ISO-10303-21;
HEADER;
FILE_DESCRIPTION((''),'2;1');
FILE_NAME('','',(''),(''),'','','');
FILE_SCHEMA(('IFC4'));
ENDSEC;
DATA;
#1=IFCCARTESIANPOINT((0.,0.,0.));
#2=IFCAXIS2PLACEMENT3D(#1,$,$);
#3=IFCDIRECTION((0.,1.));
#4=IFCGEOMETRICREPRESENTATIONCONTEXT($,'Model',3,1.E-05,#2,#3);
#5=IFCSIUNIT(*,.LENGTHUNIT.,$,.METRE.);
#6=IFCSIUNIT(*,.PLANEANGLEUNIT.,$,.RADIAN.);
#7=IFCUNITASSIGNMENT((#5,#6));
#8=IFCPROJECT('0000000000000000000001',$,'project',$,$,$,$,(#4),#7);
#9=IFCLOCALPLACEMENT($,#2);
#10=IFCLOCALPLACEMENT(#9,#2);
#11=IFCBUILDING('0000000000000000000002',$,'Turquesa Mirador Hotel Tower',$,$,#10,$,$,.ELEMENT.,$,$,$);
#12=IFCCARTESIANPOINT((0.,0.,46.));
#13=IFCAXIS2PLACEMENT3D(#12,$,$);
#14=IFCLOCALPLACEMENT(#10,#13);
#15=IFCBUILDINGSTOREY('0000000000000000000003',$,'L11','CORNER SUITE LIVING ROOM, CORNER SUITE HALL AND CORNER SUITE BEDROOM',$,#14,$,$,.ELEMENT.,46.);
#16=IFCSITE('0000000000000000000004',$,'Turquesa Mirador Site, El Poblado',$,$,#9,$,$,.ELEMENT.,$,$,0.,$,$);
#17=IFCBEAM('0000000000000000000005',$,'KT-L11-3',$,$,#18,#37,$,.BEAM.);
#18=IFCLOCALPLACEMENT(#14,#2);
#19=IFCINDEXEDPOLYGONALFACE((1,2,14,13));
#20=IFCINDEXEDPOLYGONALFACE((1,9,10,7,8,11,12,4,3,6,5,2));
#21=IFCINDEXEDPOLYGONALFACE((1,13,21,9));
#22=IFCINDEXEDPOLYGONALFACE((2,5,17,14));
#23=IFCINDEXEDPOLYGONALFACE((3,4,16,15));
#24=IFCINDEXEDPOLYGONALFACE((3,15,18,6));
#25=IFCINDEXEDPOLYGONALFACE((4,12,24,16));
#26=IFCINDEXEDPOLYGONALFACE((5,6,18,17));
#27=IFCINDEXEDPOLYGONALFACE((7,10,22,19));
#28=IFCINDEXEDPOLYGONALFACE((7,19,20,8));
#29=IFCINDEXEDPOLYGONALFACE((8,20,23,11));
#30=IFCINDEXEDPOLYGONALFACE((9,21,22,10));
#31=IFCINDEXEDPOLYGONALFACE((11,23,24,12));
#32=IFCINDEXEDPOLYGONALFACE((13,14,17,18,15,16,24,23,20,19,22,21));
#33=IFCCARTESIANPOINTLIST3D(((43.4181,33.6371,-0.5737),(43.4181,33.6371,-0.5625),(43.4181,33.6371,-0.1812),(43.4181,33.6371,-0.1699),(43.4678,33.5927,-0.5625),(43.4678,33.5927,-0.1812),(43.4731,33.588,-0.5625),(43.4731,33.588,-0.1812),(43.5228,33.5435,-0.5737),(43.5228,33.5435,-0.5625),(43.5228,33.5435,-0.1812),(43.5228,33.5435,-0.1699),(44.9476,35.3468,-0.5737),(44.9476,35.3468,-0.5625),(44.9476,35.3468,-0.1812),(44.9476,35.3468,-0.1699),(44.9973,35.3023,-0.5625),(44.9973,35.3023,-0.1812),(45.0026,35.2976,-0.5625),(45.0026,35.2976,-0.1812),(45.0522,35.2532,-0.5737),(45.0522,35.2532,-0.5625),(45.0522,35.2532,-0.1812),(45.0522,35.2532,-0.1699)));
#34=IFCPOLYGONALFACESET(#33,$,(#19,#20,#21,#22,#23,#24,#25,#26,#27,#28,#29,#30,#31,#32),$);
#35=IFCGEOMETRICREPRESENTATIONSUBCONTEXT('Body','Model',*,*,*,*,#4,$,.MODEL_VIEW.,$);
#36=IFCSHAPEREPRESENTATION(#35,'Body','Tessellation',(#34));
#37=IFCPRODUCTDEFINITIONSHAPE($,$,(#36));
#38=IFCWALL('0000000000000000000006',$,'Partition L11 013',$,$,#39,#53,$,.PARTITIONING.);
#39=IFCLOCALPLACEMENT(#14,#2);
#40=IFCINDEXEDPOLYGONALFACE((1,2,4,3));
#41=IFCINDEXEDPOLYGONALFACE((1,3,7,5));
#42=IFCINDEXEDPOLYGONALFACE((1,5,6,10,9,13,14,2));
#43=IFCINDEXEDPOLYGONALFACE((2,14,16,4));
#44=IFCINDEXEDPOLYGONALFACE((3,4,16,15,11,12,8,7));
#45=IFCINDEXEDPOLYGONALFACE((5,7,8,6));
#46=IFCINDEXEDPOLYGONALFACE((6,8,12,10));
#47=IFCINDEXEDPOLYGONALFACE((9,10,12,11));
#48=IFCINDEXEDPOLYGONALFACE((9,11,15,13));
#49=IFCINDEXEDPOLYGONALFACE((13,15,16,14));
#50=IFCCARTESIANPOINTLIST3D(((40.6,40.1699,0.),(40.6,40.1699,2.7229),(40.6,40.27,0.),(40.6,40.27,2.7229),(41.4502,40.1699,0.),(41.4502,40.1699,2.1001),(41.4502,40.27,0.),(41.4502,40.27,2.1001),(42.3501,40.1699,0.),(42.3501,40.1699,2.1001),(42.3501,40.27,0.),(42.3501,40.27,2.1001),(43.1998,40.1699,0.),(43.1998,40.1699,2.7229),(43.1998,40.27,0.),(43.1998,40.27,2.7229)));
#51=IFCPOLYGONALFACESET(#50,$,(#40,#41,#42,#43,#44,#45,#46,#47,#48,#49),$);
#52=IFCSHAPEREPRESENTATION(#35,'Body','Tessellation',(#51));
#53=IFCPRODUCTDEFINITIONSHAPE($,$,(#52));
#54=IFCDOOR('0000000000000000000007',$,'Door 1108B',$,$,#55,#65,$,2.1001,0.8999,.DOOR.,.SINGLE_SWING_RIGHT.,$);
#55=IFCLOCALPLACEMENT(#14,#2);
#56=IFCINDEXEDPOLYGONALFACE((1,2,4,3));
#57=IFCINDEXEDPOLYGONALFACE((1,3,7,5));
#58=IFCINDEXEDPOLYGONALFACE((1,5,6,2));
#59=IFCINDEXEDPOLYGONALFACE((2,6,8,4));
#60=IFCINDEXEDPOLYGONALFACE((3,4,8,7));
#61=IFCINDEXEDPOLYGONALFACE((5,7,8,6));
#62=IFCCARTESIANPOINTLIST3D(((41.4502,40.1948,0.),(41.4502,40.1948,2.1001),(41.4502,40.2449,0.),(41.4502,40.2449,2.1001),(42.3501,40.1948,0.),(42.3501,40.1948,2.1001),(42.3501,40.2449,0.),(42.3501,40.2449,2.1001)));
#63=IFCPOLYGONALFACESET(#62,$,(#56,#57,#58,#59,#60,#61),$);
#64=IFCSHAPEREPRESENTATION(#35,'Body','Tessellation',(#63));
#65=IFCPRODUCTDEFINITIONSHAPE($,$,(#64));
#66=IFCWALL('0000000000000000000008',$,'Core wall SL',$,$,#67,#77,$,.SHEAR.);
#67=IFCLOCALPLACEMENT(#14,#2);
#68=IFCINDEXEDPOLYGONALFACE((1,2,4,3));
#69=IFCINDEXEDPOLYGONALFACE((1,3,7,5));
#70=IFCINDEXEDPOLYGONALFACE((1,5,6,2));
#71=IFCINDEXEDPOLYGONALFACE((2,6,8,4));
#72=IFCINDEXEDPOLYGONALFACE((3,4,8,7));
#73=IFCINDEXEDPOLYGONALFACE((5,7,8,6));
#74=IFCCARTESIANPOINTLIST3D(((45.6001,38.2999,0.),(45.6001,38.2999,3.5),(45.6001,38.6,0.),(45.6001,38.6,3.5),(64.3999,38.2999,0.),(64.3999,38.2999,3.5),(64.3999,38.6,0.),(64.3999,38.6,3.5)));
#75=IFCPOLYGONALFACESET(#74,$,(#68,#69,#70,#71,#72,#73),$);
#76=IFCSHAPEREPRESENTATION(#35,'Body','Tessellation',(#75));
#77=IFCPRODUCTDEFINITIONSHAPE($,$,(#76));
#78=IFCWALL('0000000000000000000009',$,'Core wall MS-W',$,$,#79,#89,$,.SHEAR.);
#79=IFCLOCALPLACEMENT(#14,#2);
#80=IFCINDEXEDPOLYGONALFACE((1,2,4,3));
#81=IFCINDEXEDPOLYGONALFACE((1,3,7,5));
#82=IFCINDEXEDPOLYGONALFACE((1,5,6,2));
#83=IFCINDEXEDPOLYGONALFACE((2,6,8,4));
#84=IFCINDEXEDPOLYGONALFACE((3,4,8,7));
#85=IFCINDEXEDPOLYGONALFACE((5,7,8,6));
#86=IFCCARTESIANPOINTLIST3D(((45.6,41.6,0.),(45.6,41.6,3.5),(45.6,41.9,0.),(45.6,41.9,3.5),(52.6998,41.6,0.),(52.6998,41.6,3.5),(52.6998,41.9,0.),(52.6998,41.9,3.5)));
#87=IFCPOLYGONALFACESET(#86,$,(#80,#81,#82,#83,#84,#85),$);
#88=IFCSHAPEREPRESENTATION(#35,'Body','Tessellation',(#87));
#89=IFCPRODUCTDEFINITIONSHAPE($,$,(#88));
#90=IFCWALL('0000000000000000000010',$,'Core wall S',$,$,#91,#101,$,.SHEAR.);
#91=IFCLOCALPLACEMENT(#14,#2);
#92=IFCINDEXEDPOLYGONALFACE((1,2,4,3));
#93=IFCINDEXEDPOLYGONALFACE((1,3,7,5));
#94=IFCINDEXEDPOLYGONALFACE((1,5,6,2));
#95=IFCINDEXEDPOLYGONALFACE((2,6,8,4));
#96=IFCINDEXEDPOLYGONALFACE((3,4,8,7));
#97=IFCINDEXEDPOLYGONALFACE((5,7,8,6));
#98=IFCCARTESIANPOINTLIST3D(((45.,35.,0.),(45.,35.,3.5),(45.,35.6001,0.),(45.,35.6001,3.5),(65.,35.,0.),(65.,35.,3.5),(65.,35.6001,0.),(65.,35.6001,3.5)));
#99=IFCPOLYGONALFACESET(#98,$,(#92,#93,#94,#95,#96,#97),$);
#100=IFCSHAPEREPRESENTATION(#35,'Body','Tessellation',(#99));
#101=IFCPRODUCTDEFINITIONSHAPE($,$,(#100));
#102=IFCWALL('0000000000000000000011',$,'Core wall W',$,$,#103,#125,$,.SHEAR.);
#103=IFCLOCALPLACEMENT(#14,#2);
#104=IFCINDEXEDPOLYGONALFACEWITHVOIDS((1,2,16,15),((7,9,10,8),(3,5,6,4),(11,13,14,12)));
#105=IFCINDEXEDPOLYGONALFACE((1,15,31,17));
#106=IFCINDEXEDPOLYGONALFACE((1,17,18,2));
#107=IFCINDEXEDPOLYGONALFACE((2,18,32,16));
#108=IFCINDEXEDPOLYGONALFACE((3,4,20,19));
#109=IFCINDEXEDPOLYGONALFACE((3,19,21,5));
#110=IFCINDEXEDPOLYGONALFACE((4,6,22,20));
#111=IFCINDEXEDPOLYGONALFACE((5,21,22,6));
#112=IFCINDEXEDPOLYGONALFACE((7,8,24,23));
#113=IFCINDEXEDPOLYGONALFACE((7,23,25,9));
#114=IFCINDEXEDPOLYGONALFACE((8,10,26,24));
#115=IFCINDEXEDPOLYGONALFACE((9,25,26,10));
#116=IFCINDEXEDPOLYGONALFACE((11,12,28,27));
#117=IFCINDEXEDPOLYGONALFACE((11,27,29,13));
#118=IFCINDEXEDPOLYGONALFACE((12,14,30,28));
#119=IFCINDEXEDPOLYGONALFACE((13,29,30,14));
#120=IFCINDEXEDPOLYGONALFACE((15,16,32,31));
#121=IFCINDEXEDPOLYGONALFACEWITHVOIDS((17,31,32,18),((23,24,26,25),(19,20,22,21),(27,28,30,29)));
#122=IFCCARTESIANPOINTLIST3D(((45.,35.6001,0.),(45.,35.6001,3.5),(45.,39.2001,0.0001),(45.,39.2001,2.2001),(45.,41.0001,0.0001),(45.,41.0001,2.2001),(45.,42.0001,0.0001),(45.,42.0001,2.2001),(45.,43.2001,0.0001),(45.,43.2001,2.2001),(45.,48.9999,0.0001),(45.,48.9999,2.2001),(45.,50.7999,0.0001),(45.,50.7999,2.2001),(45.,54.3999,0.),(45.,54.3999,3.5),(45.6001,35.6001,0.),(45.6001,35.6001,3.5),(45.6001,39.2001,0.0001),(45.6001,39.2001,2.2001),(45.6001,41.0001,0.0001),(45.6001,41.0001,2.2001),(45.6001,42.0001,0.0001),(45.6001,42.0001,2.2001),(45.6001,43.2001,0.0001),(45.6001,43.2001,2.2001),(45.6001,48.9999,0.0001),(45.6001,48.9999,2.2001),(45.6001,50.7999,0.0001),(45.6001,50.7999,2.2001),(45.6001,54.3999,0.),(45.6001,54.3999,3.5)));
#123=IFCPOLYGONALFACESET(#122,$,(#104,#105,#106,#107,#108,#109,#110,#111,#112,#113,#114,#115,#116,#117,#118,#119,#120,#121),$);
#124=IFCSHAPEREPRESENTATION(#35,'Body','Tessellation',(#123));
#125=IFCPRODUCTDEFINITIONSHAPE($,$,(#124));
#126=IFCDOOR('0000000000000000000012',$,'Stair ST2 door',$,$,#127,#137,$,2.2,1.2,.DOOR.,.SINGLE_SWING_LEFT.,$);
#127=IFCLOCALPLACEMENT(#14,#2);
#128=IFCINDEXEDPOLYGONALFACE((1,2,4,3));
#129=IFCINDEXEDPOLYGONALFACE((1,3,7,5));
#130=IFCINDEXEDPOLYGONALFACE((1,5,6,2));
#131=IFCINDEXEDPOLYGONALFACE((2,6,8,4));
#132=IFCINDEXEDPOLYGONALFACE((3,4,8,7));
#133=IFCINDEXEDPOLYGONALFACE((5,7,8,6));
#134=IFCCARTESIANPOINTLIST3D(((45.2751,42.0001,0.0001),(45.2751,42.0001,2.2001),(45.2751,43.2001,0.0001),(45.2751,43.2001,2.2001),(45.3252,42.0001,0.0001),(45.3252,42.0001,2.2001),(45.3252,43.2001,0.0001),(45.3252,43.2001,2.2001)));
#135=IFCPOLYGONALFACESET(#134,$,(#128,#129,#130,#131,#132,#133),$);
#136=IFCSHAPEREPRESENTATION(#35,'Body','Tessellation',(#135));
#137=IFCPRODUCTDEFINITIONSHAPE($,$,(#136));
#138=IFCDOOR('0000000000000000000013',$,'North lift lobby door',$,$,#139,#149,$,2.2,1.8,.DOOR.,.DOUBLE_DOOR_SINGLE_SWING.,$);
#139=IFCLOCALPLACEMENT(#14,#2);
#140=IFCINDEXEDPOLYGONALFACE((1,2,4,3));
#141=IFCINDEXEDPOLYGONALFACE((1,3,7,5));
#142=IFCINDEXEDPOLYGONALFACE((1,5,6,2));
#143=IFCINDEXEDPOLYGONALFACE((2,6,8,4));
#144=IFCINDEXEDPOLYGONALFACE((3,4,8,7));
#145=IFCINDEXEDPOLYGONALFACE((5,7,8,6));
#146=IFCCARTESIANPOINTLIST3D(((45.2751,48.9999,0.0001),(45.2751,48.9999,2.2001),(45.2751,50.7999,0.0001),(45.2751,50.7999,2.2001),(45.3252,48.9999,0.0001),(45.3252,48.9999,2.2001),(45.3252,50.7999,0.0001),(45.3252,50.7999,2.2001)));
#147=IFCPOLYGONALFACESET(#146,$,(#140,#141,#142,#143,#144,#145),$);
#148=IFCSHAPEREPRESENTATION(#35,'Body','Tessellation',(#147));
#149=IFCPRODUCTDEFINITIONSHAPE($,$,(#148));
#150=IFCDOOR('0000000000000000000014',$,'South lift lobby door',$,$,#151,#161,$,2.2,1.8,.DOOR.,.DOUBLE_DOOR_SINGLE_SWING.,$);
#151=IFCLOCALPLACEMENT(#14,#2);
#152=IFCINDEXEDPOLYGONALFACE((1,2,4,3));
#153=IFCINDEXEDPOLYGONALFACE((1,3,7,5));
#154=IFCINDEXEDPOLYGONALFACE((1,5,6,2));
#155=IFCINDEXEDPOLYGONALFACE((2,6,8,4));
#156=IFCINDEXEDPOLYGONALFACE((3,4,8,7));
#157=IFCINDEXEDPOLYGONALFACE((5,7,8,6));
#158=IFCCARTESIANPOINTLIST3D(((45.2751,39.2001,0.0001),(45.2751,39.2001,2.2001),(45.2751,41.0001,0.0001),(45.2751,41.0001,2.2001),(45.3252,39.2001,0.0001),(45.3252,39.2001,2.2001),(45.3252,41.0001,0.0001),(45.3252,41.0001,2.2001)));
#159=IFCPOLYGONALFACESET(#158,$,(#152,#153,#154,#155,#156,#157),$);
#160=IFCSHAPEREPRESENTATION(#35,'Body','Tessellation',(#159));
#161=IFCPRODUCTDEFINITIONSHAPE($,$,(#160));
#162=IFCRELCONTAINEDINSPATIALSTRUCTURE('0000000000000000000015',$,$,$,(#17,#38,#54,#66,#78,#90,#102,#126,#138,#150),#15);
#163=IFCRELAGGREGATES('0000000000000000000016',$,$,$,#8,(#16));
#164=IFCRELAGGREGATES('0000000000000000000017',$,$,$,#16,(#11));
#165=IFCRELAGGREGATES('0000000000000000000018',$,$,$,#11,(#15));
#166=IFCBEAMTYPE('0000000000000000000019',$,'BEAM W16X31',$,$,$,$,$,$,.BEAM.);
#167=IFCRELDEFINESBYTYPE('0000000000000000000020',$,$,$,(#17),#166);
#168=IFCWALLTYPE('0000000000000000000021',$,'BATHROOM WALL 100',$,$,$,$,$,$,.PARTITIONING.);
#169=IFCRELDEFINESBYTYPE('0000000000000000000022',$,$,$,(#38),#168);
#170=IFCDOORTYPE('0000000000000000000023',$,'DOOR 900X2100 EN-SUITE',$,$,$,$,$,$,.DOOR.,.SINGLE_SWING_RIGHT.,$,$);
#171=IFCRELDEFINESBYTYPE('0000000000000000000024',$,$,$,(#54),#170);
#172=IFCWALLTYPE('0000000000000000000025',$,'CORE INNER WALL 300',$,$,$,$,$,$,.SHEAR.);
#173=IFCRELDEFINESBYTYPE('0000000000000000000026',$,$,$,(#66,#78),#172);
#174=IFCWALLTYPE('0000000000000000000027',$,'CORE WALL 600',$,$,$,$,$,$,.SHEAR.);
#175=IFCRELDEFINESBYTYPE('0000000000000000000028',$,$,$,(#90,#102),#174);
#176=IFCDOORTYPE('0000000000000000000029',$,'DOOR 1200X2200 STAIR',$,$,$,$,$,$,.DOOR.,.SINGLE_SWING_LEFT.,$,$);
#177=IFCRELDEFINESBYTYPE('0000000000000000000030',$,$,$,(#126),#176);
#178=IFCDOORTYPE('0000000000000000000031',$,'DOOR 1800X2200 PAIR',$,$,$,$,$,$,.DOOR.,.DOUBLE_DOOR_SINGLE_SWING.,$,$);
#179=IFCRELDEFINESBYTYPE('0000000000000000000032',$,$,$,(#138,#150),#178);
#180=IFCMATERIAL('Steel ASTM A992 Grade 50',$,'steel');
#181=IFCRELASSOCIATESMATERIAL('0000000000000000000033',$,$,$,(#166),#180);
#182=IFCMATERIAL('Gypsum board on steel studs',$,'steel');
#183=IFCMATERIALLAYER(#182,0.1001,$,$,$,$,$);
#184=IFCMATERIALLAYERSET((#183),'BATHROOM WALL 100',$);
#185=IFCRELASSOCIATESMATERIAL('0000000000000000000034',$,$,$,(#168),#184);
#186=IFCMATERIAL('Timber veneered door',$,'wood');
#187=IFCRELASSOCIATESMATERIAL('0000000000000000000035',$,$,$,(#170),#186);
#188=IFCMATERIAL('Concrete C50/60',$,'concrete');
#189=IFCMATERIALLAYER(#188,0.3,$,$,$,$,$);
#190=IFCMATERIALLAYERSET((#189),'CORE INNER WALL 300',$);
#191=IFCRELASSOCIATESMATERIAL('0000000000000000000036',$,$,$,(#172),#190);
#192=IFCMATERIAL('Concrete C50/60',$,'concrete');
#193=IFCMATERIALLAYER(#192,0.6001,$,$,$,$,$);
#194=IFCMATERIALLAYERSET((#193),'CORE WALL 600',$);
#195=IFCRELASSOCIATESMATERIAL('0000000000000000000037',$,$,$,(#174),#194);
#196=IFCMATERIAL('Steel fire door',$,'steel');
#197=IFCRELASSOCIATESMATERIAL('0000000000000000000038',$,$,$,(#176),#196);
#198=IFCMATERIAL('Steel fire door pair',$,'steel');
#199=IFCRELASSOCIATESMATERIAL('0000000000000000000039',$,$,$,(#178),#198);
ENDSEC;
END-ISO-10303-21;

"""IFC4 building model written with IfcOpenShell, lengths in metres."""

from ifc_helpers import new_model, si_unit, direction, frame, frame_2d, origin, origin_2d, place, context, subcontext, project, spatial, rectangle, i_section, extrude, material, layer, layer_set, material_profile, profile_set, type_object, element, fill, save


model = new_model("IFC4")

# Units and contexts
model_context = context("Model", 3, precision=1e-05, world=origin(), true_north=direction((0.0, 1.0)))
body_context = subcontext(model_context, "Body", "Model", "MODEL_VIEW")
ifc_project = project(units=[si_unit("LENGTHUNIT", "METRE"), si_unit("PLANEANGLEUNIT", "RADIAN")], contexts=[model_context])

# Site, building, storey
site_placement = place(None, origin())
site = spatial("IfcSite", under=ifc_project, at=site_placement, Name="Turquesa Mirador Site, El Poblado", CompositionType="ELEMENT", RefElevation=0.0)
building_placement = place(site_placement, origin())
building = spatial("IfcBuilding", under=site, at=building_placement, Name="Turquesa Mirador Hotel Tower", CompositionType="ELEMENT")
storey_placement = place(building_placement, frame((0.0, 0.0, 46.0)))
storey = spatial("IfcBuildingStorey", under=building, at=storey_placement, Name="L11", Description="CORNER SUITE LIVING ROOM, CORNER SUITE HALL AND CORNER SUITE BEDROOM", CompositionType="ELEMENT", Elevation=46.0)

# Beam
ifc_material_1 = material(Name="Steel ASTM A992 Grade 50", Category="steel")
ifc_material_profile = material_profile(ifc_material_1, i_section(OverallWidth=0.1404, OverallDepth=0.4038, WebThickness=0.0071, FlangeThickness=0.0112, at=origin_2d()), Name="W16X31")
ifc_profile_set = profile_set([ifc_material_profile], Name="Steel ASTM A992 Grade 50")
beam_type = type_object("IfcBeamType", Name="BEAM W16X31", PredefinedType="BEAM", material=ifc_profile_set)
beam_placement = place(storey_placement, frame((43.4705, 33.5903, -0.3718), z_axis=(0.666745, 0.745286, 0.0), x_axis=(-0.745286, 0.666745, 0.0)))
element("IfcBeam", 1, at=beam_placement, inside=storey, type_object=beam_type, Name="KT-L11-3", PredefinedType="BEAM", context=body_context, shape_type="SweptSolid", body=[
    extrude(i_section(OverallWidth=0.1404, OverallDepth=0.4038, WebThickness=0.0071, FlangeThickness=0.0112, at=origin_2d()), origin(), (0.0, 0.0, 1.0), 2.2939),
])

# Wall, opening, door
ifc_material_2 = material(Name="Gypsum board on steel studs", Category="steel")
ifc_layer_1 = layer(ifc_material_2, 0.1001)
ifc_layer_set_1 = layer_set([ifc_layer_1], Name="BATHROOM WALL 100")
wall_type_1 = type_object("IfcWallType", Name="BATHROOM WALL 100", PredefinedType="PARTITIONING", material=ifc_layer_set_1)
wall_1_placement = place(storey_placement, frame((40.6001, 40.22, 0.0), z_axis=(0.0, 0.0, 1.0), x_axis=(1.0, 0.0, 0.0)))
wall_1 = element("IfcWall", 2, at=wall_1_placement, inside=storey, type_object=wall_type_1, Name="Partition L11 013", PredefinedType="PARTITIONING", context=body_context, shape_type="SweptSolid", body=[
    extrude(rectangle(XDim=2.5999, YDim=0.1001, at=frame_2d((1.2998, 0.0))), origin(), (0.0, 0.0, 1.0), 2.7229),
])
opening_1_placement = place(wall_1_placement, frame((0.8501, 0.0, 0.0)))
opening_1 = element("IfcOpeningElement", 3, at=opening_1_placement, cuts=wall_1, PredefinedType="OPENING", context=body_context, shape_type="SweptSolid", body=[
    extrude(rectangle(XDim=0.8999, YDim=2.1001, at=frame_2d((0.45, 1.05))), frame((0.0, 0.0601, 0.0), z_axis=(0.0, -1.0, 0.0), x_axis=(1.0, 0.0, 0.0)), (0.0, 0.0, 1.0), 0.1201),
])
ifc_material_3 = material(Name="Timber veneered door", Category="wood")
door_type_1 = type_object("IfcDoorType", Name="DOOR 900X2100 EN-SUITE", OperationType="SINGLE_SWING_RIGHT", PredefinedType="DOOR", material=ifc_material_3)
door_1_placement = place(opening_1_placement, origin())
door_1 = element("IfcDoor", 4, at=door_1_placement, inside=storey, type_object=door_type_1, Name="Door 1108B", OperationType="SINGLE_SWING_RIGHT", OverallHeight=2.1001, OverallWidth=0.8999, PredefinedType="DOOR", context=body_context, shape_type="SweptSolid", body=[
    extrude(rectangle(XDim=0.8999, YDim=2.1001, at=frame_2d((0.45, 1.05))), frame((0.0, 0.0249, 0.0), z_axis=(0.0, -1.0, 0.0), x_axis=(1.0, 0.0, 0.0)), (0.0, 0.0, 1.0), 0.05),
])
fill(opening_1, door_1)

# Walls
ifc_material_4 = material(Name="Concrete C50/60", Category="concrete")
ifc_layer_2 = layer(ifc_material_4, 0.3)
ifc_layer_set_2 = layer_set([ifc_layer_2], Name="CORE INNER WALL 300")
wall_type_2 = type_object("IfcWallType", Name="CORE INNER WALL 300", PredefinedType="SHEAR", material=ifc_layer_set_2)
wall_2_placement = place(storey_placement, frame((45.6001, 38.45, 0.0), z_axis=(0.0, 0.0, 1.0), x_axis=(1.0, 0.0, 0.0)))
element("IfcWall", 5, at=wall_2_placement, inside=storey, type_object=wall_type_2, Name="Core wall SL", PredefinedType="SHEAR", context=body_context, shape_type="SweptSolid", body=[
    extrude(rectangle(XDim=18.7998, YDim=0.3, at=frame_2d((9.3999, 0.0))), origin(), (0.0, 0.0, 1.0), 3.5),
])
wall_3_placement = place(storey_placement, frame((45.6001, 41.75, 0.0), z_axis=(0.0, 0.0, 1.0), x_axis=(1.0, 0.0, 0.0)))
element("IfcWall", 6, at=wall_3_placement, inside=storey, type_object=wall_type_2, Name="Core wall MS-W", PredefinedType="SHEAR", context=body_context, shape_type="SweptSolid", body=[
    extrude(rectangle(XDim=7.0999, YDim=0.3, at=frame_2d((3.5498, 0.0))), origin(), (0.0, 0.0, 1.0), 3.5),
])
ifc_material_5 = material(Name="Concrete C50/60", Category="concrete")
ifc_layer_3 = layer(ifc_material_5, 0.6001)
ifc_layer_set_3 = layer_set([ifc_layer_3], Name="CORE WALL 600")
wall_type_3 = type_object("IfcWallType", Name="CORE WALL 600", PredefinedType="SHEAR", material=ifc_layer_set_3)
wall_4_placement = place(storey_placement, frame((45.0, 35.3, 0.0), z_axis=(0.0, 0.0, 1.0), x_axis=(1.0, 0.0, 0.0)))
element("IfcWall", 7, at=wall_4_placement, inside=storey, type_object=wall_type_3, Name="Core wall S", PredefinedType="SHEAR", context=body_context, shape_type="SweptSolid", body=[
    extrude(rectangle(XDim=20.0, YDim=0.6001, at=frame_2d((10.0, 0.0))), origin(), (0.0, 0.0, 1.0), 3.5),
])

# Wall, openings, doors
wall_5_placement = place(storey_placement, frame((45.3, 35.6001, 0.0), z_axis=(0.0, 0.0, 1.0), x_axis=(0.0, 1.0, 0.0)))
wall_5 = element("IfcWall", 8, at=wall_5_placement, inside=storey, type_object=wall_type_3, Name="Core wall W", PredefinedType="SHEAR", context=body_context, shape_type="SweptSolid", body=[
    extrude(rectangle(XDim=18.7998, YDim=0.6001, at=frame_2d((9.3999, 0.0))), origin(), (0.0, 0.0, 1.0), 3.5),
])
opening_2_placement = place(wall_5_placement, frame((13.3999, 0.0, 0.0)))
opening_2 = element("IfcOpeningElement", 9, at=opening_2_placement, cuts=wall_5, PredefinedType="OPENING", context=body_context, shape_type="SweptSolid", body=[
    extrude(rectangle(XDim=1.8, YDim=2.2, at=frame_2d((0.8999, 1.1001))), frame((0.0, 0.3101, 0.0), z_axis=(0.0, -1.0, 0.0), x_axis=(1.0, 0.0, 0.0)), (0.0, 0.0, 1.0), 0.6201),
])
opening_3_placement = place(wall_5_placement, frame((3.6001, 0.0, 0.0)))
opening_3 = element("IfcOpeningElement", 10, at=opening_3_placement, cuts=wall_5, PredefinedType="OPENING", context=body_context, shape_type="SweptSolid", body=[
    extrude(rectangle(XDim=1.8, YDim=2.2, at=frame_2d((0.8999, 1.1001))), frame((0.0, 0.3101, 0.0), z_axis=(0.0, -1.0, 0.0), x_axis=(1.0, 0.0, 0.0)), (0.0, 0.0, 1.0), 0.6201),
])
opening_4_placement = place(wall_5_placement, frame((6.3999, 0.0, 0.0)))
opening_4 = element("IfcOpeningElement", 11, at=opening_4_placement, cuts=wall_5, PredefinedType="OPENING", context=body_context, shape_type="SweptSolid", body=[
    extrude(rectangle(XDim=1.2, YDim=2.2, at=frame_2d((0.6001, 1.1001))), frame((0.0, 0.3101, 0.0), z_axis=(0.0, -1.0, 0.0), x_axis=(1.0, 0.0, 0.0)), (0.0, 0.0, 1.0), 0.6201),
])
ifc_material_6 = material(Name="Steel fire door", Category="steel")
door_type_2 = type_object("IfcDoorType", Name="DOOR 1200X2200 STAIR", OperationType="SINGLE_SWING_LEFT", PredefinedType="DOOR", material=ifc_material_6)
door_2_placement = place(opening_4_placement, origin())
door_2 = element("IfcDoor", 12, at=door_2_placement, inside=storey, type_object=door_type_2, Name="Stair ST2 door", OperationType="SINGLE_SWING_LEFT", OverallHeight=2.2, OverallWidth=1.2, PredefinedType="DOOR", context=body_context, shape_type="SweptSolid", body=[
    extrude(rectangle(XDim=1.2, YDim=2.2, at=frame_2d((0.6001, 1.1001))), frame((0.0, 0.0249, 0.0), z_axis=(0.0, -1.0, 0.0), x_axis=(1.0, 0.0, 0.0)), (0.0, 0.0, 1.0), 0.05),
])
fill(opening_4, door_2)
ifc_material_7 = material(Name="Steel fire door pair", Category="steel")
door_type_3 = type_object("IfcDoorType", Name="DOOR 1800X2200 PAIR", OperationType="DOUBLE_DOOR_SINGLE_SWING", PredefinedType="DOOR", material=ifc_material_7)
door_3_placement = place(opening_2_placement, origin())
door_3 = element("IfcDoor", 13, at=door_3_placement, inside=storey, type_object=door_type_3, Name="North lift lobby door", OperationType="DOUBLE_DOOR_SINGLE_SWING", OverallHeight=2.2, OverallWidth=1.8, PredefinedType="DOOR", context=body_context, shape_type="SweptSolid", body=[
    extrude(rectangle(XDim=1.8, YDim=2.2, at=frame_2d((0.8999, 1.1001))), frame((0.0, 0.0249, 0.0), z_axis=(0.0, -1.0, 0.0), x_axis=(1.0, 0.0, 0.0)), (0.0, 0.0, 1.0), 0.05),
])
fill(opening_2, door_3)
door_4_placement = place(opening_3_placement, origin())
door_4 = element("IfcDoor", 14, at=door_4_placement, inside=storey, type_object=door_type_3, Name="South lift lobby door", OperationType="DOUBLE_DOOR_SINGLE_SWING", OverallHeight=2.2, OverallWidth=1.8, PredefinedType="DOOR", context=body_context, shape_type="SweptSolid", body=[
    extrude(rectangle(XDim=1.8, YDim=2.2, at=frame_2d((0.8999, 1.1001))), frame((0.0, 0.0249, 0.0), z_axis=(0.0, -1.0, 0.0), x_axis=(1.0, 0.0, 0.0)), (0.0, 0.0, 1.0), 0.05),
])
fill(opening_3, door_4)

save(model, "model.ifc")
